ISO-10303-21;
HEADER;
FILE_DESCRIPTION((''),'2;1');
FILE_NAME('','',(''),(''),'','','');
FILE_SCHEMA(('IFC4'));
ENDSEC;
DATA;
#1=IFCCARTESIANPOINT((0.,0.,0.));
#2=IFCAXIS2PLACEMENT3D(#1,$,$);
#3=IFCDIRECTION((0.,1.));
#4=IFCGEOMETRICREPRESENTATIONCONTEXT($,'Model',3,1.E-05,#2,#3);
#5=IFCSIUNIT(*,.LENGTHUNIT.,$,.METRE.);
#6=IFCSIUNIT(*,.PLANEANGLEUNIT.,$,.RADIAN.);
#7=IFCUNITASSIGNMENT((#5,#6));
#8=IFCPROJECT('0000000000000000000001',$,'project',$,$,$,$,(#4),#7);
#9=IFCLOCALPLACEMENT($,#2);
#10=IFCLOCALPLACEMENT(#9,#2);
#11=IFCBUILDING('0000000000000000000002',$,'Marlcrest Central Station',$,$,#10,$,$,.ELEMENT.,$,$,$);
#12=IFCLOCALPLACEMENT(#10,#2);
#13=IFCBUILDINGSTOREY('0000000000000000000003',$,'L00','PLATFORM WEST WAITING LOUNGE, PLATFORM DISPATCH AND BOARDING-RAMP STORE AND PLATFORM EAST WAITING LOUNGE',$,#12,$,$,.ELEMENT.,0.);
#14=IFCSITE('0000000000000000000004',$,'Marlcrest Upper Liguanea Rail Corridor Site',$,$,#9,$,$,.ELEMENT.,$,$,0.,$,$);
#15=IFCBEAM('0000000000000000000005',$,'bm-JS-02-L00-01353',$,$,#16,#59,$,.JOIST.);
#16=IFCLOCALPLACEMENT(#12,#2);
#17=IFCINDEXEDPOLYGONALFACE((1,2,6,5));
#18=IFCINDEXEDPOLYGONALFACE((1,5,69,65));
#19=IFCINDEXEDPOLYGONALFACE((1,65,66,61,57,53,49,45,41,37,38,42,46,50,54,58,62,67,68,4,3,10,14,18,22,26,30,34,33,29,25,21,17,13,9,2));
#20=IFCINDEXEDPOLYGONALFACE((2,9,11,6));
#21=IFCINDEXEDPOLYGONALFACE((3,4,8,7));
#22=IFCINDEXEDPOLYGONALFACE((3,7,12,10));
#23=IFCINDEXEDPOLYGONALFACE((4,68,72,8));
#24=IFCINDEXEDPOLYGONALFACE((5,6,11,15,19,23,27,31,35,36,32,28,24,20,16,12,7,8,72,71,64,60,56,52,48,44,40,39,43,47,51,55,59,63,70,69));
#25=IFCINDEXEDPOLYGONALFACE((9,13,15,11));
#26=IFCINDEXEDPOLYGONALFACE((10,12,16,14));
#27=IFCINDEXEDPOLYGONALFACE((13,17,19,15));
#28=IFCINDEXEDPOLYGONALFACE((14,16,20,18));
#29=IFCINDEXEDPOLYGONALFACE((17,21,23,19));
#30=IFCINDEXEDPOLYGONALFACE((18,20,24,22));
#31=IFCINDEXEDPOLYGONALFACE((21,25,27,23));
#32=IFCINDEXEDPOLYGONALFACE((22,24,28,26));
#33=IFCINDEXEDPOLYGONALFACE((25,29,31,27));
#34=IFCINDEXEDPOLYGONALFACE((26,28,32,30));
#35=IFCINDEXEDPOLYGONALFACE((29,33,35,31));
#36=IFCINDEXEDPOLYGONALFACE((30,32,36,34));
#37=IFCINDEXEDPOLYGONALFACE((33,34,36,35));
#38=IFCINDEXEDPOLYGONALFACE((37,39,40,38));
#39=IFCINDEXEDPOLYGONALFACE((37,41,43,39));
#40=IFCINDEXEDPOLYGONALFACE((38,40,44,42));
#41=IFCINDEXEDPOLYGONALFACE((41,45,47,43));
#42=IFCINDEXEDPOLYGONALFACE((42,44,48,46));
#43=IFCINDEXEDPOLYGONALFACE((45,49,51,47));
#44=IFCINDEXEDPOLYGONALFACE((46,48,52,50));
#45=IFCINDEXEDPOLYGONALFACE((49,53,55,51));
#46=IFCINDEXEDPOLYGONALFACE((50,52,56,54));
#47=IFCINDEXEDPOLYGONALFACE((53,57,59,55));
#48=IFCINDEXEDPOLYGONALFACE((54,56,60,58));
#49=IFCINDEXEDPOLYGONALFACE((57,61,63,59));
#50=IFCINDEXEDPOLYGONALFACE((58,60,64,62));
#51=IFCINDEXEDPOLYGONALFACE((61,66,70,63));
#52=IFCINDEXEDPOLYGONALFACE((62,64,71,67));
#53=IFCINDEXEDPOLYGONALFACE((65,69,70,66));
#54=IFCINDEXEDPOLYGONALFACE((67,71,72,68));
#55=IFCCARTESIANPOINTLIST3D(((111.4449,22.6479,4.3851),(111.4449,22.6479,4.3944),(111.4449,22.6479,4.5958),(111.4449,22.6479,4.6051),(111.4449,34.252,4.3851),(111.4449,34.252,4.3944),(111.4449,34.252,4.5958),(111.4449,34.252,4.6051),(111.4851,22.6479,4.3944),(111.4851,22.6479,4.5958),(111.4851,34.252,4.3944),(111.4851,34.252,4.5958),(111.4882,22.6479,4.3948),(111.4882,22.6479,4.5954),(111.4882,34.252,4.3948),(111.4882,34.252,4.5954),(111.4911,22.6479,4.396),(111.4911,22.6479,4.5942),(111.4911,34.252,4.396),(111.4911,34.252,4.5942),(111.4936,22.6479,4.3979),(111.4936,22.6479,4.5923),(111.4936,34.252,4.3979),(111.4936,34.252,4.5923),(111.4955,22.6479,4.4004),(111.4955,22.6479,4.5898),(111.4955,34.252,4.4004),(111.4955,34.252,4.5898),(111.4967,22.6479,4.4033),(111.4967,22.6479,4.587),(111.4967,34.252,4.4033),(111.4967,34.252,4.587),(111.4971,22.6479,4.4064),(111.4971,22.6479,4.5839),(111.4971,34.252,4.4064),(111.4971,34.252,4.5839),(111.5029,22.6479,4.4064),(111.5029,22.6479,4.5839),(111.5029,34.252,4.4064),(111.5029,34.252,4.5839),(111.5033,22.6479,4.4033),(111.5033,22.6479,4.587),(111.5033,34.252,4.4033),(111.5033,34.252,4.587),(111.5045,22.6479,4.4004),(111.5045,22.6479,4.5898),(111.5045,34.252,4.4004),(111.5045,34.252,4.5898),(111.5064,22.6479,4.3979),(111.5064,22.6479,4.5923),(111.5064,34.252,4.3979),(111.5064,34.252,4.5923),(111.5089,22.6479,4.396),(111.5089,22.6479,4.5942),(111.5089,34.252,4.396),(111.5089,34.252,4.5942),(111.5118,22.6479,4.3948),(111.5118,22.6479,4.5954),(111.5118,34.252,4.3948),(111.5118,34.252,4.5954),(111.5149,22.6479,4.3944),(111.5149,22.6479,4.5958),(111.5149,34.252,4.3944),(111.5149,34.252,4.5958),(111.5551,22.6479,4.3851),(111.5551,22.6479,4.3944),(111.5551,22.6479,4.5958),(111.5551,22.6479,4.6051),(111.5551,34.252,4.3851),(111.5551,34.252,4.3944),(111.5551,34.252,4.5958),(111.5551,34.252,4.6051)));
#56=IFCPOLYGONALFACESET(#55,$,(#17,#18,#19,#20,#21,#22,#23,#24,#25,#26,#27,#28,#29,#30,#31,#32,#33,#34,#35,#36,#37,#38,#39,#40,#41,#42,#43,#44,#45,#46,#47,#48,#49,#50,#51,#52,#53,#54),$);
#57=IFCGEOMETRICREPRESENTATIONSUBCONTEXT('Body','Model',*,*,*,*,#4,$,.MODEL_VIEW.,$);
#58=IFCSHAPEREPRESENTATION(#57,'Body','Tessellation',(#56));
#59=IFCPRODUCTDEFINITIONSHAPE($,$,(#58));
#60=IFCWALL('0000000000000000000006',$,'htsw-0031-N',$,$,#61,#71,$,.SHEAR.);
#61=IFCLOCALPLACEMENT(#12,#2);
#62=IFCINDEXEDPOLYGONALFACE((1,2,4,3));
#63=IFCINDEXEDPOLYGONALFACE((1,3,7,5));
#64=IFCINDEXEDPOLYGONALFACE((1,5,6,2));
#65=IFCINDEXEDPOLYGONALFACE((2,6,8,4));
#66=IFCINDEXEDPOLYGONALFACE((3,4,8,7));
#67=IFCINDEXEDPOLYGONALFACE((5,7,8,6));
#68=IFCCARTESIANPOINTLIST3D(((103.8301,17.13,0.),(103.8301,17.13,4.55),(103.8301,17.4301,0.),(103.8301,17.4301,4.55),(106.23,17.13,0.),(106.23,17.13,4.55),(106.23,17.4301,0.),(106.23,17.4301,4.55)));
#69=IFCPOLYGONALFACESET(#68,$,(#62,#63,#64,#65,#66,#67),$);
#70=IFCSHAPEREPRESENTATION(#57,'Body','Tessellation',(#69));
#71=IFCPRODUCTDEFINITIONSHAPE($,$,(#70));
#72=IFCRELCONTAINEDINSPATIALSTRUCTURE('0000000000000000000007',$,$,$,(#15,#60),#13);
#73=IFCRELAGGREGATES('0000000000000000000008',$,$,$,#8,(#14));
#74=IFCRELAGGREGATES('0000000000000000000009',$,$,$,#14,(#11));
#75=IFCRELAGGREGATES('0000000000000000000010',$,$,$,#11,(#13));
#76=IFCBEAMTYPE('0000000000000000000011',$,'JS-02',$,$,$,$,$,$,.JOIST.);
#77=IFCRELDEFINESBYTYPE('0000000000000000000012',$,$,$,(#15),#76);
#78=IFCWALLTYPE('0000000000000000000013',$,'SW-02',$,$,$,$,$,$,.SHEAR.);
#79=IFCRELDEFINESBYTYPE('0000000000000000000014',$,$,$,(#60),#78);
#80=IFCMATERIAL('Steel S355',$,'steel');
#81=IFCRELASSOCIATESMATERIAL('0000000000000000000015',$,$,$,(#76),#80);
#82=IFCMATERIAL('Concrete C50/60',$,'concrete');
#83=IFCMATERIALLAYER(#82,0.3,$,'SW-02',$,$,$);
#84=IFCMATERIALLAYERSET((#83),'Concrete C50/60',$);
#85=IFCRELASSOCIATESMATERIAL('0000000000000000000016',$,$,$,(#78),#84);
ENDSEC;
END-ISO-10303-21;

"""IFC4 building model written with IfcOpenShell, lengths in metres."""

from ifc_helpers import new_model, si_unit, direction, frame, frame_2d, origin, origin_2d, place, context, subcontext, project, spatial, rectangle, i_section, extrude, material, layer, layer_set, material_profile, profile_set, type_object, element, save


model = new_model("IFC4")

# Units and contexts
model_context = context("Model", 3, precision=1e-05, world=origin(), true_north=direction((0.0, 1.0)))
body_context = subcontext(model_context, "Body", "Model", "MODEL_VIEW")
ifc_project = project(units=[si_unit("LENGTHUNIT", "METRE"), si_unit("PLANEANGLEUNIT", "RADIAN")], contexts=[model_context])

# Site, building, storey
site_placement = place(None, origin())
site = spatial("IfcSite", under=ifc_project, at=site_placement, Name="Marlcrest Upper Liguanea Rail Corridor Site", CompositionType="ELEMENT", RefElevation=0.0)
building_placement = place(site_placement, origin())
building = spatial("IfcBuilding", under=site, at=building_placement, Name="Marlcrest Central Station", CompositionType="ELEMENT")
storey_placement = place(building_placement, origin())
storey = spatial("IfcBuildingStorey", under=building, at=storey_placement, Name="L00", Description="PLATFORM WEST WAITING LOUNGE, PLATFORM DISPATCH AND BOARDING-RAMP STORE AND PLATFORM EAST WAITING LOUNGE", CompositionType="ELEMENT", Elevation=0.0)

# Shared definitions
ifc_material_1 = material(Name="Concrete C50/60", Category="concrete")
ifc_material_2 = material(Name="Steel S355", Category="steel")

# Beam
ifc_material_profile_1 = material_profile(ifc_material_2, i_section(OverallWidth=0.1101, OverallDepth=0.22, WebThickness=0.0059, FlangeThickness=0.0093, FilletRadius=0.012, at=origin_2d()), Name="IPE 220")
ifc_profile_set_1 = profile_set([ifc_material_profile_1], Name="Steel S355")
beam_type_1 = type_object("IfcBeamType", Name="JS-02", PredefinedType="JOIST", material=ifc_profile_set_1)
for number, where, z_axis, x_axis, name in (
    (1, (111.5, 22.6479, 4.4951), (0.0, 1.0, 0.0), (-1.0, 0.0, 0.0), "bm-JS-02-L00-01353"),
):
    element("IfcBeam", number, at=place(storey_placement, frame(where, z_axis=z_axis, x_axis=x_axis)), inside=storey, type_object=beam_type_1, Name=name, PredefinedType="JOIST", context=body_context, shape_type="SweptSolid", body=[
        extrude(i_section(OverallWidth=0.1101, OverallDepth=0.22, WebThickness=0.0059, FlangeThickness=0.0093, FilletRadius=0.012, at=origin_2d()), origin(), (0.0, 0.0, 1.0), 11.604),
    ])

# Wall
ifc_layer = layer(ifc_material_1, 0.3, Name="SW-02")
ifc_layer_set = layer_set([ifc_layer], Name="Concrete C50/60")
wall_type = type_object("IfcWallType", Name="SW-02", PredefinedType="SHEAR", material=ifc_layer_set)
wall_placement = place(storey_placement, frame((106.23, 17.28, 0.0), z_axis=(0.0, 0.0, 1.0), x_axis=(-1.0, 0.0, 0.0)))
element("IfcWall", 2, at=wall_placement, inside=storey, type_object=wall_type, Name="htsw-0031-N", PredefinedType="SHEAR", context=body_context, shape_type="SweptSolid", body=[
    extrude(rectangle(XDim=2.3999, YDim=0.3, at=frame_2d((1.2, 0.0))), origin(), (0.0, 0.0, 1.0), 4.55),
])

save(model, "model.ifc")
